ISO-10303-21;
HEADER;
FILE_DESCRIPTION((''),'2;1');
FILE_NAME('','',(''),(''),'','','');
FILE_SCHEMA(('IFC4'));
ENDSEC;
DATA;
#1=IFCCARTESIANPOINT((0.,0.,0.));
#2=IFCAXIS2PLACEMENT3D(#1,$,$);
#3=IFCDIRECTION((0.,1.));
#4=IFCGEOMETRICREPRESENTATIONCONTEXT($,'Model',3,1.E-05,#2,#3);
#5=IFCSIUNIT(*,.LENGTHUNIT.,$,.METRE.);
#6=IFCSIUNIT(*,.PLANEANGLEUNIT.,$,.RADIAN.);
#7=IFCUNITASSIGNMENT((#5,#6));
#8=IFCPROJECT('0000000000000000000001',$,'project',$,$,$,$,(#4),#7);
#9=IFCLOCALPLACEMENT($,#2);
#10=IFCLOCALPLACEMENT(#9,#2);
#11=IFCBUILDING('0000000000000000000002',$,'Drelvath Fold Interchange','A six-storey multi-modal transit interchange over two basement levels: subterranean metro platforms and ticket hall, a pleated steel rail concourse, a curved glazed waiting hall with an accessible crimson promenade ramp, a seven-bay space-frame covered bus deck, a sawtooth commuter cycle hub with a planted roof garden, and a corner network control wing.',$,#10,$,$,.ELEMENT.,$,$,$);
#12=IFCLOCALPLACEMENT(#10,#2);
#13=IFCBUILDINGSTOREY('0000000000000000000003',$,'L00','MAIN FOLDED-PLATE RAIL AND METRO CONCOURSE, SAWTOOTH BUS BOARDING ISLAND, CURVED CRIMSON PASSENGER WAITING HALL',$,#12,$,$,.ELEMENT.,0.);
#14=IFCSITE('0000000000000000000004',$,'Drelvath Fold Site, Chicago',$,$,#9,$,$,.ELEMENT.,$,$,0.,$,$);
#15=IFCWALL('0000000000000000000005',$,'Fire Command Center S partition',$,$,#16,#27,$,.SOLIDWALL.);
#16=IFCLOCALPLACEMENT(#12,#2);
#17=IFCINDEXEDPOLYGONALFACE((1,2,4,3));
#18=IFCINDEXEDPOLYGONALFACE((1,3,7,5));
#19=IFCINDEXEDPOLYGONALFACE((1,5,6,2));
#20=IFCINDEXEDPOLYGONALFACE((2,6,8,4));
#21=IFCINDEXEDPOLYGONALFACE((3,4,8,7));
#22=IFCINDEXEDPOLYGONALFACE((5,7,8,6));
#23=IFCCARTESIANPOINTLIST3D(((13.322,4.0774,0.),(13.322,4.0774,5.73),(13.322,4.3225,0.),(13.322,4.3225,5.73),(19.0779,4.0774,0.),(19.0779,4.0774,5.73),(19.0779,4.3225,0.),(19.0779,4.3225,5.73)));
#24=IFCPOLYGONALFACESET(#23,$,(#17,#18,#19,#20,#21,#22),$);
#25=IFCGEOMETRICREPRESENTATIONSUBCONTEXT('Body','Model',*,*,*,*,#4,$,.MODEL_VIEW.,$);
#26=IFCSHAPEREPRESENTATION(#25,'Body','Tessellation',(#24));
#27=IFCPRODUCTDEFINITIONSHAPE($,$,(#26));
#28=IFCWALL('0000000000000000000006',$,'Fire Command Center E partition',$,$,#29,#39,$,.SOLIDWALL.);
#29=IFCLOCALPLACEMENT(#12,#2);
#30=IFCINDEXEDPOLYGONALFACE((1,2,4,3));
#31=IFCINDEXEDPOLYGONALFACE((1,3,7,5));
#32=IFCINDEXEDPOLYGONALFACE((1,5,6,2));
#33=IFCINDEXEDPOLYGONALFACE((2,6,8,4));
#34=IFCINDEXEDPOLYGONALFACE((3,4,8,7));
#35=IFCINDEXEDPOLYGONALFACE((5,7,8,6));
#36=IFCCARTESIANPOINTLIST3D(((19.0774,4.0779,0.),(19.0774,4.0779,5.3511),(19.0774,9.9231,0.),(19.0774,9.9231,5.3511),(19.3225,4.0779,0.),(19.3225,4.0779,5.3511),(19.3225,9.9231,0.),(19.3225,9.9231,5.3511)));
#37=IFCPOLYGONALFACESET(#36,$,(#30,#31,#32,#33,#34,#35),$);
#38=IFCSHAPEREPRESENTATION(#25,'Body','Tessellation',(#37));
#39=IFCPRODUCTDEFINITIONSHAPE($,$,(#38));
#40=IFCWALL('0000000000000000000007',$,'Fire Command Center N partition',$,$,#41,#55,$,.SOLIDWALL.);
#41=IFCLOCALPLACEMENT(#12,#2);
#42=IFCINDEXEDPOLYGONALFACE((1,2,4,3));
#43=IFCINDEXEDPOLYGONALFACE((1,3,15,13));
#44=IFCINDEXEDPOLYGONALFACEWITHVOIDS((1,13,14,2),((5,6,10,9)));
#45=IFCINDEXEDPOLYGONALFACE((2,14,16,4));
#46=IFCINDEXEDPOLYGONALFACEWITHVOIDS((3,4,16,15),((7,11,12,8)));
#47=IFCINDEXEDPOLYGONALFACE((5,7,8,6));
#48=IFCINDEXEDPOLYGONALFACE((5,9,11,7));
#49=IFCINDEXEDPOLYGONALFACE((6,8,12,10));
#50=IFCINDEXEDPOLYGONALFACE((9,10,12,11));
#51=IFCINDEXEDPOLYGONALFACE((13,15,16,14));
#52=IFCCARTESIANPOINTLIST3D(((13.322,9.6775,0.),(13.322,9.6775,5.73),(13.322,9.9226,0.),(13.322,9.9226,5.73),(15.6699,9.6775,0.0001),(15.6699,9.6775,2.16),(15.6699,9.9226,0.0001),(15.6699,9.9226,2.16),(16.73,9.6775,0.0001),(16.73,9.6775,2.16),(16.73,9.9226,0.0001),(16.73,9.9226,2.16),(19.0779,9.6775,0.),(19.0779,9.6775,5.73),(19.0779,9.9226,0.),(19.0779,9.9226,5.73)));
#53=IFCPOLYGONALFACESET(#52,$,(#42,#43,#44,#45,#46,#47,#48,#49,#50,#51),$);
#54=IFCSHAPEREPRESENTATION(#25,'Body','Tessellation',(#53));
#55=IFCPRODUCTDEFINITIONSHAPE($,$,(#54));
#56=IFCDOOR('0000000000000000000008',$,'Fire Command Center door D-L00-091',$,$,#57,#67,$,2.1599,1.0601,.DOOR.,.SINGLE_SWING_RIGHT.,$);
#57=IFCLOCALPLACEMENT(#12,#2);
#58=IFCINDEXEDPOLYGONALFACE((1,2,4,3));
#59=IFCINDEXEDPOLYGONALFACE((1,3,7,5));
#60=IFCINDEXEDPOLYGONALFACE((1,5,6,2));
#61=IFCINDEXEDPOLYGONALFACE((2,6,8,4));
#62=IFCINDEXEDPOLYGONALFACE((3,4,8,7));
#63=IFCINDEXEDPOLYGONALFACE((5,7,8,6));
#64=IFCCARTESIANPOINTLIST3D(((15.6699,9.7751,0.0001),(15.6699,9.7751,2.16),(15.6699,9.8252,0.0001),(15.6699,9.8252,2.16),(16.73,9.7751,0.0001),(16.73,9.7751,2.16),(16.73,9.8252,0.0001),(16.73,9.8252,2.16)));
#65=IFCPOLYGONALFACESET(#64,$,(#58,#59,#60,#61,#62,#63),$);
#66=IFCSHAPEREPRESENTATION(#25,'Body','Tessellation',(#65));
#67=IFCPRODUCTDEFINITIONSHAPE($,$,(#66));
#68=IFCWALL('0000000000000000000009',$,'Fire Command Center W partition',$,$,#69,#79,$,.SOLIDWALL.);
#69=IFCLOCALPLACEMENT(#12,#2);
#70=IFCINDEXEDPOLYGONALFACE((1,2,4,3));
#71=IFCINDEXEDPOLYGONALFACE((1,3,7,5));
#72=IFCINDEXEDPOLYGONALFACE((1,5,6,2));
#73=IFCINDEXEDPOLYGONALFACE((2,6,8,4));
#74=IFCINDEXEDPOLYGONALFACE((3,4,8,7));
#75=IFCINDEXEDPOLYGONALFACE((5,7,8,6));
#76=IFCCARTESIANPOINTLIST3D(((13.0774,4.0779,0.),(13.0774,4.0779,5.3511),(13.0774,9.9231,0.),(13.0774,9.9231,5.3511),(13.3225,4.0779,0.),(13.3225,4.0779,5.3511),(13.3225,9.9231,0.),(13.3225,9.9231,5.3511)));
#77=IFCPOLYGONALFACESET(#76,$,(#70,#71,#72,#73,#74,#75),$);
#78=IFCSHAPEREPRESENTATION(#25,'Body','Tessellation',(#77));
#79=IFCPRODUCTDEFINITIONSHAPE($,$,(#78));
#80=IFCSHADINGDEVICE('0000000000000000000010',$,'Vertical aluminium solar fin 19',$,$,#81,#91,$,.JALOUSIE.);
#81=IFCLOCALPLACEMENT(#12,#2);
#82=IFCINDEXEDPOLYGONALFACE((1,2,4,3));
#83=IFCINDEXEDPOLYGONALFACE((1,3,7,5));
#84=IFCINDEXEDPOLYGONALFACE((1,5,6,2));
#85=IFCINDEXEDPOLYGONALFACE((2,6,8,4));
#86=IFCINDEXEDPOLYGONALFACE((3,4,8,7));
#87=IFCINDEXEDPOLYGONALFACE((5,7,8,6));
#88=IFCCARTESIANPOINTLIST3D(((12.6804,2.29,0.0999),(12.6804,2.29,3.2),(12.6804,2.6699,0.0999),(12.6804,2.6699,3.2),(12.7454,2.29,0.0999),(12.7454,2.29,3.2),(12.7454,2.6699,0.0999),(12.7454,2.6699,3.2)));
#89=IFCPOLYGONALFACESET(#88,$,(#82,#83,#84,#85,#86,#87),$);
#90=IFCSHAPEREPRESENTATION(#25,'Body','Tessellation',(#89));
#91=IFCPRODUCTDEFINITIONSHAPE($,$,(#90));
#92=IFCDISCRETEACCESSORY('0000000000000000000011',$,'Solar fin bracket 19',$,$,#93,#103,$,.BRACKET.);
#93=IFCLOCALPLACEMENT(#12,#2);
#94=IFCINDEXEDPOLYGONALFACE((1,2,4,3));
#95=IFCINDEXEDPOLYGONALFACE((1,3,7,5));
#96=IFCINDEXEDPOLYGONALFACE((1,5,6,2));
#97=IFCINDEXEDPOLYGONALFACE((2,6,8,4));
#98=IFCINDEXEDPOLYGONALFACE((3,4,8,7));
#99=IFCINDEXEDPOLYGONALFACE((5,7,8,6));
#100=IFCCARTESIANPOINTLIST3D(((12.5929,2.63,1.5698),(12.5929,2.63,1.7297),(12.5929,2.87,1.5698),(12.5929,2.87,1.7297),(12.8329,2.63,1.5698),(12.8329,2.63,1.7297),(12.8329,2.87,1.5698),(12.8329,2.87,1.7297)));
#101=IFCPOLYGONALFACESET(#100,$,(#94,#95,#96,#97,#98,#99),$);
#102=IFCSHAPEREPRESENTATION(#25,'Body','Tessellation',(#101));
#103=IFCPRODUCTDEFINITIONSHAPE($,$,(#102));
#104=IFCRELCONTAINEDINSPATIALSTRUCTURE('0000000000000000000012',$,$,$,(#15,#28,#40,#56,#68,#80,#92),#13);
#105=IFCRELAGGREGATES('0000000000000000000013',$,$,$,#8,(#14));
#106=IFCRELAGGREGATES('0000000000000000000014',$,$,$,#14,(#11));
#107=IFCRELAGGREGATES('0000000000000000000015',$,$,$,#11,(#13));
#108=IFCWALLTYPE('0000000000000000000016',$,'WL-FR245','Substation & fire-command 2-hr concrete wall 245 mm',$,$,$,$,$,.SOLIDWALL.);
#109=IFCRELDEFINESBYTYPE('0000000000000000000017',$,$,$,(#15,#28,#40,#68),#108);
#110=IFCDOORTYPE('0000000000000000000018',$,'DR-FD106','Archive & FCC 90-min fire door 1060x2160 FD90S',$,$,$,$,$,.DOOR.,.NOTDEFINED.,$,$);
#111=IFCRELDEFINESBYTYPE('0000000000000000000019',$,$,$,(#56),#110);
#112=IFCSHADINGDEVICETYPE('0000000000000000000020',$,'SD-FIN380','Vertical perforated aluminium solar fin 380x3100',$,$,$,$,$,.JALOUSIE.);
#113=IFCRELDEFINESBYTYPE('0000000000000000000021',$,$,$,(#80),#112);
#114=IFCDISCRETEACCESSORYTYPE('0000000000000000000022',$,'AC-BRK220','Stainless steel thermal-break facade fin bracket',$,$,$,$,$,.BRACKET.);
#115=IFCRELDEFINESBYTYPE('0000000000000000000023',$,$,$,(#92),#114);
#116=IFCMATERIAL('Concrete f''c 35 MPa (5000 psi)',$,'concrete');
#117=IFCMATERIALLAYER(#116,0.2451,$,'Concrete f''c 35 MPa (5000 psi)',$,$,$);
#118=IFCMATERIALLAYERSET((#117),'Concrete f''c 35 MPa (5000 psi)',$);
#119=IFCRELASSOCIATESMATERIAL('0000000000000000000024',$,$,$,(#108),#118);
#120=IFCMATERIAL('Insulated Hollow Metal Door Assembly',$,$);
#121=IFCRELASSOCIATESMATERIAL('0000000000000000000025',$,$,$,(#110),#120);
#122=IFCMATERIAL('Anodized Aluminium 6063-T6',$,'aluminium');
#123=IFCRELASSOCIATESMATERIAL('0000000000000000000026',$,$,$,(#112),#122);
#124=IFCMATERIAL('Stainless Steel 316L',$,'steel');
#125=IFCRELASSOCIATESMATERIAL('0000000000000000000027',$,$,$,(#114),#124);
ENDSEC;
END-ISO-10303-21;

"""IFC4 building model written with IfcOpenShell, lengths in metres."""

from ifc_helpers import new_model, si_unit, direction, frame, frame_2d, origin, origin_2d, place, context, subcontext, project, spatial, rectangle, extrude, material, layer, layer_set, type_object, element, fill, save


model = new_model("IFC4")

# Units and contexts
model_context = context("Model", 3, precision=1e-05, world=origin(), true_north=direction((0.0, 1.0)))
body_context = subcontext(model_context, "Body", "Model", "MODEL_VIEW")
ifc_project = project(units=[si_unit("LENGTHUNIT", "METRE"), si_unit("PLANEANGLEUNIT", "RADIAN")], contexts=[model_context])

# Site, building, storey
site_placement = place(None, origin())
site = spatial("IfcSite", under=ifc_project, at=site_placement, Name="Drelvath Fold Site, Chicago", CompositionType="ELEMENT", RefElevation=0.0)
building_placement = place(site_placement, origin())
building = spatial("IfcBuilding", under=site, at=building_placement, Name="Drelvath Fold Interchange", Description="A six-storey multi-modal transit interchange over two basement levels: subterranean metro platforms and ticket hall, a pleated steel rail concourse, a curved glazed waiting hall with an accessible crimson promenade ramp, a seven-bay space-frame covered bus deck, a sawtooth commuter cycle hub with a planted roof garden, and a corner network control wing.", CompositionType="ELEMENT")
storey_placement = place(building_placement, origin())
storey = spatial("IfcBuildingStorey", under=building, at=storey_placement, Name="L00", Description="MAIN FOLDED-PLATE RAIL AND METRO CONCOURSE, SAWTOOTH BUS BOARDING ISLAND, CURVED CRIMSON PASSENGER WAITING HALL", CompositionType="ELEMENT", Elevation=0.0)

# Shared definitions
ifc_material_1 = material(Name="Anodized Aluminium 6063-T6", Category="aluminium")

# Walls
ifc_material_2 = material(Name="Concrete f'c 35 MPa (5000 psi)", Category="concrete")
ifc_layer_1 = layer(ifc_material_2, 0.2451, Name="Concrete f'c 35 MPa (5000 psi)")
ifc_layer_set_1 = layer_set([ifc_layer_1], Name="Concrete f'c 35 MPa (5000 psi)")
wall_type_1 = type_object("IfcWallType", Name="WL-FR245", Description="Substation & fire-command 2-hr concrete wall 245 mm", PredefinedType="SOLIDWALL", material=ifc_layer_set_1)
wall_1_placement = place(storey_placement, frame((13.322, 4.2, 0.0), z_axis=(0.0, 0.0, 1.0), x_axis=(1.0, 0.0, 0.0)))
element("IfcWall", 1, at=wall_1_placement, inside=storey, type_object=wall_type_1, Name="Fire Command Center S partition", PredefinedType="SOLIDWALL", context=body_context, shape_type="SweptSolid", body=[
    extrude(rectangle(XDim=5.7559, YDim=0.2451, at=frame_2d((2.8779, 0.0))), origin(), (0.0, 0.0, 1.0), 5.73),
])
wall_2_placement = place(storey_placement, frame((19.2, 4.0779, 0.0), z_axis=(0.0, 0.0, 1.0), x_axis=(0.0, 1.0, 0.0)))
element("IfcWall", 2, at=wall_2_placement, inside=storey, type_object=wall_type_1, Name="Fire Command Center E partition", PredefinedType="SOLIDWALL", context=body_context, shape_type="SweptSolid", body=[
    extrude(rectangle(XDim=5.8452, YDim=0.2451, at=frame_2d((2.9226, 0.0))), origin(), (0.0, 0.0, 1.0), 5.3511),
])

# Wall, opening, door
wall_3_placement = place(storey_placement, frame((19.0779, 9.8, 0.0), z_axis=(0.0, 0.0, 1.0), x_axis=(-1.0, 0.0, 0.0)))
wall_3 = element("IfcWall", 3, at=wall_3_placement, inside=storey, type_object=wall_type_1, Name="Fire Command Center N partition", PredefinedType="SOLIDWALL", context=body_context, shape_type="SweptSolid", body=[
    extrude(rectangle(XDim=5.7559, YDim=0.2451, at=frame_2d((2.8779, 0.0))), origin(), (0.0, 0.0, 1.0), 5.73),
])
opening_1_placement = place(wall_3_placement, frame((2.3479, 0.0, 0.0)))
opening_1 = element("IfcOpeningElement", 4, at=opening_1_placement, cuts=wall_3, PredefinedType="OPENING", context=body_context, shape_type="SweptSolid", body=[
    extrude(rectangle(XDim=1.0601, YDim=2.1599, at=frame_2d((0.53, 1.0801))), frame((0.0, 0.1326, 0.0), z_axis=(0.0, -1.0, 0.0), x_axis=(1.0, 0.0, 0.0)), (0.0, 0.0, 1.0), 0.2651),
])
ifc_material_3 = material(Name="Insulated Hollow Metal Door Assembly")
door_type_1 = type_object("IfcDoorType", Name="DR-FD106", Description="Archive & FCC 90-min fire door 1060x2160 FD90S", OperationType="NOTDEFINED", PredefinedType="DOOR", material=ifc_material_3)
door_1_placement = place(opening_1_placement, origin())
door_1 = element("IfcDoor", 5, at=door_1_placement, inside=storey, type_object=door_type_1, Name="Fire Command Center door D-L00-091", OperationType="SINGLE_SWING_RIGHT", OverallHeight=2.1599, OverallWidth=1.0601, PredefinedType="DOOR", context=body_context, shape_type="SweptSolid", body=[
    extrude(rectangle(XDim=1.0601, YDim=2.1599, at=frame_2d((0.53, 1.0801))), frame((0.0, 0.0249, 0.0), z_axis=(0.0, -1.0, 0.0), x_axis=(1.0, 0.0, 0.0)), (0.0, 0.0, 1.0), 0.05),
])
fill(opening_1, door_1)

# Wall
wall_4_placement = place(storey_placement, frame((13.2, 9.9231, 0.0), z_axis=(0.0, 0.0, 1.0), x_axis=(0.0, -1.0, 0.0)))
element("IfcWall", 6, at=wall_4_placement, inside=storey, type_object=wall_type_1, Name="Fire Command Center W partition", PredefinedType="SOLIDWALL", context=body_context, shape_type="SweptSolid", body=[
    extrude(rectangle(XDim=5.8452, YDim=0.2451, at=frame_2d((2.9226, 0.0))), origin(), (0.0, 0.0, 1.0), 5.3511),
])

# Shading device
shading_device_type = type_object("IfcShadingDeviceType", Name="SD-FIN380", Description="Vertical perforated aluminium solar fin 380x3100", PredefinedType="JALOUSIE", material=ifc_material_1)
shading_device_placement = place(storey_placement, frame((12.7129, 2.48, 0.0999), z_axis=(0.0, 0.0, 1.0), x_axis=(0.0, 1.0, 0.0)))
element("IfcShadingDevice", 7, at=shading_device_placement, inside=storey, type_object=shading_device_type, Name="Vertical aluminium solar fin 19", PredefinedType="JALOUSIE", context=body_context, shape_type="SweptSolid", body=[
    extrude(rectangle(XDim=0.3799, YDim=0.0649, at=origin_2d()), origin(), (0.0, 0.0, 1.0), 3.1001),
])

# Discrete accessory
ifc_material_4 = material(Name="Stainless Steel 316L", Category="steel")
discrete_accessory_type = type_object("IfcDiscreteAccessoryType", Name="AC-BRK220", Description="Stainless steel thermal-break facade fin bracket", PredefinedType="BRACKET", material=ifc_material_4)
discrete_accessory_placement = place(storey_placement, frame((12.7129, 2.75, 1.5698), z_axis=(0.0, 0.0, 1.0), x_axis=(0.0, 1.0, 0.0)))
element("IfcDiscreteAccessory", 8, at=discrete_accessory_placement, inside=storey, type_object=discrete_accessory_type, Name="Solar fin bracket 19", PredefinedType="BRACKET", context=body_context, shape_type="SweptSolid", body=[
    extrude(rectangle(XDim=0.24, YDim=0.24, at=origin_2d()), origin(), (0.0, 0.0, 1.0), 0.1599),
])

save(model, "model.ifc")
